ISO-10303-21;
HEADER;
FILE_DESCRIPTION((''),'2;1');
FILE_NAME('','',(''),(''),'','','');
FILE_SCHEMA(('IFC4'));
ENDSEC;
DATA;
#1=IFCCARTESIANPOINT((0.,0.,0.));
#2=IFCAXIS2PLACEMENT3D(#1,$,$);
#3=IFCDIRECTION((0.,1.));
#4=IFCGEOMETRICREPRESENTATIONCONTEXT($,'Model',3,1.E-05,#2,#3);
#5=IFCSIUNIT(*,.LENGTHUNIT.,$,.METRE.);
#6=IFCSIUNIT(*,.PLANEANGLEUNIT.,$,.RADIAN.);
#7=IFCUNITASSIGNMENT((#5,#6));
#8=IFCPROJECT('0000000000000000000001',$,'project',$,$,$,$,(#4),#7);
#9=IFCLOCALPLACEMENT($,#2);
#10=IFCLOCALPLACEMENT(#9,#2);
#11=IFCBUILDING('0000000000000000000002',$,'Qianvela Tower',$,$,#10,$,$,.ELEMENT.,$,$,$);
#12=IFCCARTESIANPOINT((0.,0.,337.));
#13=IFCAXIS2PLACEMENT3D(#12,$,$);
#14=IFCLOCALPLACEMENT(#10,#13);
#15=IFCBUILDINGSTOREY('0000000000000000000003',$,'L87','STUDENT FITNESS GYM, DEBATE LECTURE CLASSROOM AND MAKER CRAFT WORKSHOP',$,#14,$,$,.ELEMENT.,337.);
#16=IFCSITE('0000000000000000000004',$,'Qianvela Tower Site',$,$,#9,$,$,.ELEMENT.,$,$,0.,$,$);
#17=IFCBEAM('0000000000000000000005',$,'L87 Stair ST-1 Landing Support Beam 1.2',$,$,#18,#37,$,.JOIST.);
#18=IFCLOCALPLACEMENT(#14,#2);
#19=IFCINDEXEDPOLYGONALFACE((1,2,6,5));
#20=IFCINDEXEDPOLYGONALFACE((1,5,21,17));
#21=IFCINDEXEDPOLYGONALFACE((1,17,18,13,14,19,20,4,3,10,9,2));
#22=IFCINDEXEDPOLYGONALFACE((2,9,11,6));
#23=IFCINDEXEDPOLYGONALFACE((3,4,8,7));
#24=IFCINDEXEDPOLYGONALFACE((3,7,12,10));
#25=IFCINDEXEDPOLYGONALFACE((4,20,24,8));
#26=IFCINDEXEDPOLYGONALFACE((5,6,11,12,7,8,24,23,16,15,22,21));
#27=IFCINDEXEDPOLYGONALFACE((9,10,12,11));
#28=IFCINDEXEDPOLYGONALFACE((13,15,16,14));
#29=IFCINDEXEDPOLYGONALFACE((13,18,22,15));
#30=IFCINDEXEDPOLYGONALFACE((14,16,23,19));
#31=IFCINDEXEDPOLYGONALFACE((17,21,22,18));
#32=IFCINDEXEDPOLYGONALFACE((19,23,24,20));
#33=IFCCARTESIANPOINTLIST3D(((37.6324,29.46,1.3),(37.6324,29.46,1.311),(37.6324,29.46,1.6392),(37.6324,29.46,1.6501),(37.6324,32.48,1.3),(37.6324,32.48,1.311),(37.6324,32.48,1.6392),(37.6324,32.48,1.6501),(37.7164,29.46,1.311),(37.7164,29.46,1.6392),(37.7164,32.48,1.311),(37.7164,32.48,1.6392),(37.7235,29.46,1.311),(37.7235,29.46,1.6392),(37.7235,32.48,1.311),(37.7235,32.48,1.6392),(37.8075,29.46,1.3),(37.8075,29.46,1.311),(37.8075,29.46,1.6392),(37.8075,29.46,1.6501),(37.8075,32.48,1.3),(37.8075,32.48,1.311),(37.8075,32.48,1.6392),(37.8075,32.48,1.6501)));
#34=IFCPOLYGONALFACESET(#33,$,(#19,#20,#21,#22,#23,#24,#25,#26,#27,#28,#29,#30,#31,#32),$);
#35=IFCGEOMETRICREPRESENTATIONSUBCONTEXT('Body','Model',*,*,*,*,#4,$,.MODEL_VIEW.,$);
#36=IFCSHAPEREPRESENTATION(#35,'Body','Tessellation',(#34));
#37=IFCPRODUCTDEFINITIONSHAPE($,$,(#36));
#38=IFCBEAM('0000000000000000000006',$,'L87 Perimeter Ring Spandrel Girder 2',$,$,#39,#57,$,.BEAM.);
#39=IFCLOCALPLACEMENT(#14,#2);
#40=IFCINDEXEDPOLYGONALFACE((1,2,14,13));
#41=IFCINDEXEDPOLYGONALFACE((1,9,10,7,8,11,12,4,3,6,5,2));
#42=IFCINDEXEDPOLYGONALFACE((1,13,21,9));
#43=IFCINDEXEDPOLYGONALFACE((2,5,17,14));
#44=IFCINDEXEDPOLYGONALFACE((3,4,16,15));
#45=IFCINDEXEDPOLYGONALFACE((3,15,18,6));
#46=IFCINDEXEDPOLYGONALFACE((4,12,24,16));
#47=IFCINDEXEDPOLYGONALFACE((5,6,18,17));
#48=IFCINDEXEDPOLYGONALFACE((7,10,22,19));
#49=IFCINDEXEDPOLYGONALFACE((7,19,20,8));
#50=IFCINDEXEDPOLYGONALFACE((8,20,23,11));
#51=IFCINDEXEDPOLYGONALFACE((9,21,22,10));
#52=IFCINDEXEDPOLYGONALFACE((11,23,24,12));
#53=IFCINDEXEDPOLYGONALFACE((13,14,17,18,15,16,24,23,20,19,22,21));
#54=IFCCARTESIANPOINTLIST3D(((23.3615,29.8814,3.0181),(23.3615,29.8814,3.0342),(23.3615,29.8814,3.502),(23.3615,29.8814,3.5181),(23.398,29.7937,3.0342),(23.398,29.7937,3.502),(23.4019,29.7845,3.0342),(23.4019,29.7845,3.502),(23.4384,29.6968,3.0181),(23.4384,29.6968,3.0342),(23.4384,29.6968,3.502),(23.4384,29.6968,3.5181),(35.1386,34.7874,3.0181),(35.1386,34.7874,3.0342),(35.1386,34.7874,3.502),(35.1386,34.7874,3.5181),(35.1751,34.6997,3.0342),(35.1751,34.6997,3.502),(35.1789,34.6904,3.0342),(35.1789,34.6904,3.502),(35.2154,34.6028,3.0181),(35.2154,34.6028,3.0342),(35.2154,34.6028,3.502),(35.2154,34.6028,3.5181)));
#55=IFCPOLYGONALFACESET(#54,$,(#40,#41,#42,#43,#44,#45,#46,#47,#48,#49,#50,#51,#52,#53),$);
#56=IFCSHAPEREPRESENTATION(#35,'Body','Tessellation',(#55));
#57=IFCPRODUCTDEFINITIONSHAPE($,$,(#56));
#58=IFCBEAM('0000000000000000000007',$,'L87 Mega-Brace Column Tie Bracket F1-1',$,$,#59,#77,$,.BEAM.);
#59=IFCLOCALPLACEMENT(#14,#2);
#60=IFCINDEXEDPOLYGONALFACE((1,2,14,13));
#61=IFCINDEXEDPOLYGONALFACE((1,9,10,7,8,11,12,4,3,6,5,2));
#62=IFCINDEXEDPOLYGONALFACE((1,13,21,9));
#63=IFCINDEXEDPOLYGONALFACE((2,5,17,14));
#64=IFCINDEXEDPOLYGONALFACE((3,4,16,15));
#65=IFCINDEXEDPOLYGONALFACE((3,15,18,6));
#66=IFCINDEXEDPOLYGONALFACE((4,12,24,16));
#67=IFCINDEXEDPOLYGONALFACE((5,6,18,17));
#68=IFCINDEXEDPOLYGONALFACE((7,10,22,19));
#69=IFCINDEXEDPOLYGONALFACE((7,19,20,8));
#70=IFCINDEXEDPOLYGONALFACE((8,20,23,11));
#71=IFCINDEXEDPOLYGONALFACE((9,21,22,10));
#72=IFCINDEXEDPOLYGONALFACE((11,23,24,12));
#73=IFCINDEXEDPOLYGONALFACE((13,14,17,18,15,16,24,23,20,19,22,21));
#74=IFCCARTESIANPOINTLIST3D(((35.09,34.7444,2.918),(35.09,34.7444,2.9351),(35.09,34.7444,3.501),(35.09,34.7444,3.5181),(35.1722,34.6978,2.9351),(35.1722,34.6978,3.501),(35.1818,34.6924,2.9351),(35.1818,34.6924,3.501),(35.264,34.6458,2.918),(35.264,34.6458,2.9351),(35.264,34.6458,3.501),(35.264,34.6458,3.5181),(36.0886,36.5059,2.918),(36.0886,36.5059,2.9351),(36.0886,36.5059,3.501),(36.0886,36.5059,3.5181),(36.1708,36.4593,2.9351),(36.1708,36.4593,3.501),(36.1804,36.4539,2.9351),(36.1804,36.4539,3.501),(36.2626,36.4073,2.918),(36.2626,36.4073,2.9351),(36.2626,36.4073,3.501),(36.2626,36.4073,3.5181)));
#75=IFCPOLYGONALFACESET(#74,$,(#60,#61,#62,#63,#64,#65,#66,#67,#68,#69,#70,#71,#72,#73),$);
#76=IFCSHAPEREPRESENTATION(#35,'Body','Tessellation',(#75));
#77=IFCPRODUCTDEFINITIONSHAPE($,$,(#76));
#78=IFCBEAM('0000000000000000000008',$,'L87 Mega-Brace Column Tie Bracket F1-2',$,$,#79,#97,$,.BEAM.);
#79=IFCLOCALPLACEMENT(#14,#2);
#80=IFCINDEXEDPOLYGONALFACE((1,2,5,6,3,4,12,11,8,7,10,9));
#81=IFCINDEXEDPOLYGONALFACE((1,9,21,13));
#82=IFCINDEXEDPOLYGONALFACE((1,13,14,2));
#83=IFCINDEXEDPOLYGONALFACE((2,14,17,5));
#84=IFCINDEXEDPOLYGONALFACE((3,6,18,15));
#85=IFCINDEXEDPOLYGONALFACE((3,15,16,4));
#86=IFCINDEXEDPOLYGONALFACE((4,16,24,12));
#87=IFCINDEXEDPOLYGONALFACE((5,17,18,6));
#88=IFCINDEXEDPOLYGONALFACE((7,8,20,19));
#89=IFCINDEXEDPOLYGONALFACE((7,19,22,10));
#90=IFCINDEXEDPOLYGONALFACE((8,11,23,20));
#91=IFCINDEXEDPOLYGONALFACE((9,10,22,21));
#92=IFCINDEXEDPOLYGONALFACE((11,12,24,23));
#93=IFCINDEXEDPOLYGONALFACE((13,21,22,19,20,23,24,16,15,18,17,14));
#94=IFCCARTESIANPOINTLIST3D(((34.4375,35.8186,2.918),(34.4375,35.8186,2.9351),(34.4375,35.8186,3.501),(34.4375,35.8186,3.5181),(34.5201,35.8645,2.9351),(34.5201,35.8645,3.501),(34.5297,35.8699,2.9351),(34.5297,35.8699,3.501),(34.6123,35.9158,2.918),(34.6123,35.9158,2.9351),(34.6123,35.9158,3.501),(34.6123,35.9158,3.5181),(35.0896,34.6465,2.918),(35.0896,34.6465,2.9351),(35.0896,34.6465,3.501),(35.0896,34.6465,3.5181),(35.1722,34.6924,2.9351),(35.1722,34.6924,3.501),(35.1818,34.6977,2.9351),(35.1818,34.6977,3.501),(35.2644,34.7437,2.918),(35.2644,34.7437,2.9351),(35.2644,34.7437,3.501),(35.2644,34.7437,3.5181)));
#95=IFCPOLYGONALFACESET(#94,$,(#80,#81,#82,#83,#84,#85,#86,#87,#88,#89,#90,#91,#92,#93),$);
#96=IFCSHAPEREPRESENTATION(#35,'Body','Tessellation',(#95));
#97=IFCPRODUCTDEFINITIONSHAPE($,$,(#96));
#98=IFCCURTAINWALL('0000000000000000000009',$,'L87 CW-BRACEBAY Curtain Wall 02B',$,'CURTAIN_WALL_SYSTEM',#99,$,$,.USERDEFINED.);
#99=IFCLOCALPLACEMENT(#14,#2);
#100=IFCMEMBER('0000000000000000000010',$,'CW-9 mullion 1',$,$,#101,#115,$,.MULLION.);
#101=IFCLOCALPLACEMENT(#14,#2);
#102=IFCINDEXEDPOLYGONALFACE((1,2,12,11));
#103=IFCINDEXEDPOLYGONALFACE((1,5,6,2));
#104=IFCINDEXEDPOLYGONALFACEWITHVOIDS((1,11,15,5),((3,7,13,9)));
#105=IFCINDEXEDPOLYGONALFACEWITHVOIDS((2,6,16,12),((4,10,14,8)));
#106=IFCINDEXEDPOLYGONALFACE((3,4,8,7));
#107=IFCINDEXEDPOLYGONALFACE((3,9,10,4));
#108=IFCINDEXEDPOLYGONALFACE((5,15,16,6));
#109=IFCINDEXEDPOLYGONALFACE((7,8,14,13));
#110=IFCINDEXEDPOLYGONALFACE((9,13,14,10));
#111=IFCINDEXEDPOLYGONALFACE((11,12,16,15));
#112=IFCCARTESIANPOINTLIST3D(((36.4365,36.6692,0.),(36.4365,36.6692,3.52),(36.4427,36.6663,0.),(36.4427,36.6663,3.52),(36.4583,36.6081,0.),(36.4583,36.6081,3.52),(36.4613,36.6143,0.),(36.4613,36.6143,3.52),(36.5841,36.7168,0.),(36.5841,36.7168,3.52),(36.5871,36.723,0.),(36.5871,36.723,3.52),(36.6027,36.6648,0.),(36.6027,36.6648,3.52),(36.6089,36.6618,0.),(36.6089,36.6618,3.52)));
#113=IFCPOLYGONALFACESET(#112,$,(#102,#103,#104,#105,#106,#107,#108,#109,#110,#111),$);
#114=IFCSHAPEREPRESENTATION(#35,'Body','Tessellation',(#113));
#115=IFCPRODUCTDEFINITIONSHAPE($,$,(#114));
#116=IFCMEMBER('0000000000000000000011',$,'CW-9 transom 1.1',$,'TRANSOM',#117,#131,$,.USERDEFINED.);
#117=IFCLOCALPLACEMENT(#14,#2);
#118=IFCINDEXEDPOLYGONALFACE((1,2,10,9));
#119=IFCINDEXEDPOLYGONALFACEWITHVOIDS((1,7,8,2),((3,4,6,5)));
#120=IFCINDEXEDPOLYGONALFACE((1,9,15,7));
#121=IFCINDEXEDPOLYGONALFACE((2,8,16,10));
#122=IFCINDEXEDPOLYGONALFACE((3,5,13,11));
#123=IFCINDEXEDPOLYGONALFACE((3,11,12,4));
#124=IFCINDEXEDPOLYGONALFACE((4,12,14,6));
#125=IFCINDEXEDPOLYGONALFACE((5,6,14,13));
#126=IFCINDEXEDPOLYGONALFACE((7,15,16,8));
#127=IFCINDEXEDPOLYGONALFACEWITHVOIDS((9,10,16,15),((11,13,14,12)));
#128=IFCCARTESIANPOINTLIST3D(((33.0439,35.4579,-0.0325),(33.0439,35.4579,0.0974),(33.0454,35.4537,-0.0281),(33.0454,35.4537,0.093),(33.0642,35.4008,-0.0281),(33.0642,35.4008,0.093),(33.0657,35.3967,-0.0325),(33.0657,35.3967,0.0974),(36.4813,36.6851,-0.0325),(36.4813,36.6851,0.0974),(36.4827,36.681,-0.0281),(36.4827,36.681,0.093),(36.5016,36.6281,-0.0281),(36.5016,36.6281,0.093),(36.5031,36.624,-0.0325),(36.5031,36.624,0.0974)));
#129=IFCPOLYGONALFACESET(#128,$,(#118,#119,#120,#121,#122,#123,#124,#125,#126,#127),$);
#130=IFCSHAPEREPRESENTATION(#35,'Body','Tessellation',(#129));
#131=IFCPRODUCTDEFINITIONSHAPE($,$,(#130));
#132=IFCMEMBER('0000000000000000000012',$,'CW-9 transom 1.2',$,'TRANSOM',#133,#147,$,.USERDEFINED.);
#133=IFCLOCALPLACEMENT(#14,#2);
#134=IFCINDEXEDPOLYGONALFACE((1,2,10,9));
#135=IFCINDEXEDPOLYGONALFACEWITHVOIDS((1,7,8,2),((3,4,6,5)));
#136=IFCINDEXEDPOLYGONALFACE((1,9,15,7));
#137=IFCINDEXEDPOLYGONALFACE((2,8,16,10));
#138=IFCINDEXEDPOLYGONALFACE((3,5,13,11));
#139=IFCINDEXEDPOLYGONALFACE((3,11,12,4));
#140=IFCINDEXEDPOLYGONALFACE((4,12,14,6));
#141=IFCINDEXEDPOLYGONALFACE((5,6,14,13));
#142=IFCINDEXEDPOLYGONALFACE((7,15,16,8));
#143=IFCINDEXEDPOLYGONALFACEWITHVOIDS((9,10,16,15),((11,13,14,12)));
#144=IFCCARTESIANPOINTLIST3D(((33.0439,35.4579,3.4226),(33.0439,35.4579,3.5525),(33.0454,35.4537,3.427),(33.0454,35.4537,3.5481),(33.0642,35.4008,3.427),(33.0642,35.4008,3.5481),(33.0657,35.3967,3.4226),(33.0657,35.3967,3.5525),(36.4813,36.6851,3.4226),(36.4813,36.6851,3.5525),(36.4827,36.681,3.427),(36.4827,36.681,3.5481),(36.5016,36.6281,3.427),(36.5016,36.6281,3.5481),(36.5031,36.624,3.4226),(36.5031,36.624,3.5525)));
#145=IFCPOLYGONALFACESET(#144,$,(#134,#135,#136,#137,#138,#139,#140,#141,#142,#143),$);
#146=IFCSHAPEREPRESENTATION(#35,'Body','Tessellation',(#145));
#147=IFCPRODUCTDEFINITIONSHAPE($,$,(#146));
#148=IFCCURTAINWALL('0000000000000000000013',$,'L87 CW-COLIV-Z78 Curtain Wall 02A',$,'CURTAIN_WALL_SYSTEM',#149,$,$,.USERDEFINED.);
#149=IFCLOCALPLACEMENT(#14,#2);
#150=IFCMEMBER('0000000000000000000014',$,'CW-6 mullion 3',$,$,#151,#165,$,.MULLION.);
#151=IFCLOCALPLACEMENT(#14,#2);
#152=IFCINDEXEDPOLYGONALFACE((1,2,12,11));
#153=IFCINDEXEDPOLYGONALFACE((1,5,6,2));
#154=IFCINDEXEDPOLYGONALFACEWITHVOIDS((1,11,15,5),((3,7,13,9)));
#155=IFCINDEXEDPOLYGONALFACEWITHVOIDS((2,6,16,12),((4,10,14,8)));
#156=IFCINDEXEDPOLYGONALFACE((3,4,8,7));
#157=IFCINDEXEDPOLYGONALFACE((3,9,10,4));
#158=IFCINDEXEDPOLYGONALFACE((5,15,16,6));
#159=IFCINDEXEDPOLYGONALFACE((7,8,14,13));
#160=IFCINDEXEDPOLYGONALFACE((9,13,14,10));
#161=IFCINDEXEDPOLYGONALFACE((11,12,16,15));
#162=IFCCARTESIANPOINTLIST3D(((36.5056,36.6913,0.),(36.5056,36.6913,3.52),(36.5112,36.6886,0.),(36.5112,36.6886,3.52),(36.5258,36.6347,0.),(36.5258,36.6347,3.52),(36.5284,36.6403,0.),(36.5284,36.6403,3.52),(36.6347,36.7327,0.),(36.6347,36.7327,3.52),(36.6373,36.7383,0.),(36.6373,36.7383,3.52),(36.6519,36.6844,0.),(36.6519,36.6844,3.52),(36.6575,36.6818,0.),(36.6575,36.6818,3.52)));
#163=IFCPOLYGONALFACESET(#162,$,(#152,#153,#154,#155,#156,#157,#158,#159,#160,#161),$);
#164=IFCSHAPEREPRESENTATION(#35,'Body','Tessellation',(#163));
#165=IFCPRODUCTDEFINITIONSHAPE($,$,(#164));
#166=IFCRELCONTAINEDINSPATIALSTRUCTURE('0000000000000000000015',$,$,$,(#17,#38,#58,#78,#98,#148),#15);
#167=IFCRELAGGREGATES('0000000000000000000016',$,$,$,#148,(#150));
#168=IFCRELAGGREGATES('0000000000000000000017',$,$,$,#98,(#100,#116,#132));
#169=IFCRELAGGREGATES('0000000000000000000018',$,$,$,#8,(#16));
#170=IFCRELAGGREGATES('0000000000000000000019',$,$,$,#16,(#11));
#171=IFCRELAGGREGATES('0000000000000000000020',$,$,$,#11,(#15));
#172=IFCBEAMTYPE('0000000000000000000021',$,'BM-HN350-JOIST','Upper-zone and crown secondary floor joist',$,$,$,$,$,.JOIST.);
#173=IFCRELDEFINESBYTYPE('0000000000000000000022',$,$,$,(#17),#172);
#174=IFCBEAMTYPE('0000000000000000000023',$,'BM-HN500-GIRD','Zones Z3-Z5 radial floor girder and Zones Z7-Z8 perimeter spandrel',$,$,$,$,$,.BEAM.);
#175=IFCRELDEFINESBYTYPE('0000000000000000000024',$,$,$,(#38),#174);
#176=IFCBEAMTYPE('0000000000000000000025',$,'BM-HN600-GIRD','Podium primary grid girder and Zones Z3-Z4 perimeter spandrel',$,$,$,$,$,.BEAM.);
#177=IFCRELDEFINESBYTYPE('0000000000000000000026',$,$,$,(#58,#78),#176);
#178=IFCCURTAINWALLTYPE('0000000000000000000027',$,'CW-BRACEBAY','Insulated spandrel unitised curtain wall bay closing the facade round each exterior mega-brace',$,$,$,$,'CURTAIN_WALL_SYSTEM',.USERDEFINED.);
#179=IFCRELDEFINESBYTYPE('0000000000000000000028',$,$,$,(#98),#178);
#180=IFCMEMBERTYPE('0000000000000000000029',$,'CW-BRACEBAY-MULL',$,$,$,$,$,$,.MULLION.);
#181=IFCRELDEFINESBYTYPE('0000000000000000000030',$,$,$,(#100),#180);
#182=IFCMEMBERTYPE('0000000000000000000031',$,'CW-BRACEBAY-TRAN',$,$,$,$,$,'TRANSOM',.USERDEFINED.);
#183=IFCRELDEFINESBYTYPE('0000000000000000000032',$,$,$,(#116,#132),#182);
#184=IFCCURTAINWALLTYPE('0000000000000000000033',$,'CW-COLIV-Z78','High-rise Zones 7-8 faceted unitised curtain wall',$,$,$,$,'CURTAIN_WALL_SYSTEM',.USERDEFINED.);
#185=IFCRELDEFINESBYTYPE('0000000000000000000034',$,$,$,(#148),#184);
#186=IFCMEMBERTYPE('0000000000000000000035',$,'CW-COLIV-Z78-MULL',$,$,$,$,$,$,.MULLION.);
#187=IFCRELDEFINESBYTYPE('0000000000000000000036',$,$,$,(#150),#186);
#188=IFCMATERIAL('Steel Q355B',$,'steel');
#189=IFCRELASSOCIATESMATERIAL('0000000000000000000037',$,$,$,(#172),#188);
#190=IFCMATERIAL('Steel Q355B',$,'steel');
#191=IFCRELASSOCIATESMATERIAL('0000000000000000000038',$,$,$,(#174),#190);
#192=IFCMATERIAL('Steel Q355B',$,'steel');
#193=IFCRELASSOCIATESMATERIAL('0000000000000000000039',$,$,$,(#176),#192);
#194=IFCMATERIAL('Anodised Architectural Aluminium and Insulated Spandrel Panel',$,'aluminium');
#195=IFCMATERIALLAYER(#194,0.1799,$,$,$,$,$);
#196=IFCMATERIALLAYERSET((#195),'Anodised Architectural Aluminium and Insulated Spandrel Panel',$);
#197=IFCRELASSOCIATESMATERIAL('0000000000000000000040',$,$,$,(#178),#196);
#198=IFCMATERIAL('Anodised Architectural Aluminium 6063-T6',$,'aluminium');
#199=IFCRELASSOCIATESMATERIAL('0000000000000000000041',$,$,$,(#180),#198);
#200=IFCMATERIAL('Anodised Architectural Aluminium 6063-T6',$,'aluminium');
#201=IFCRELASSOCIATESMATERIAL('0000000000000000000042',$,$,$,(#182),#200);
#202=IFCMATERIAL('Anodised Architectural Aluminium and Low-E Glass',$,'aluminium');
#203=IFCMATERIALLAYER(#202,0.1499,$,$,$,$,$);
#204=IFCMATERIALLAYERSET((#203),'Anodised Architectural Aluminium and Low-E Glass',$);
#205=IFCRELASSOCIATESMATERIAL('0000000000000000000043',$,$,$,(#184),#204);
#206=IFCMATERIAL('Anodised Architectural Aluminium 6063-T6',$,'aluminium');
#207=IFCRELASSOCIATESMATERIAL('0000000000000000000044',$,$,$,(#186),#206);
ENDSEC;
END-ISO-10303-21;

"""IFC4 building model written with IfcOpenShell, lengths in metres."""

from ifc_helpers import new_model, si_unit, direction, frame, origin, origin_2d, place, context, subcontext, project, spatial, hollow_rectangle, i_section, extrude, material, layer, layer_set, material_profile, profile_set, type_object, element, aggregate, save


model = new_model("IFC4")

# Units and contexts
model_context = context("Model", 3, precision=1e-05, world=origin(), true_north=direction((0.0, 1.0)))
body_context = subcontext(model_context, "Body", "Model", "MODEL_VIEW")
ifc_project = project(units=[si_unit("LENGTHUNIT", "METRE"), si_unit("PLANEANGLEUNIT", "RADIAN")], contexts=[model_context])

# Site, building, storey
site_placement = place(None, origin())
site = spatial("IfcSite", under=ifc_project, at=site_placement, Name="Qianvela Tower Site", CompositionType="ELEMENT", RefElevation=0.0)
building_placement = place(site_placement, origin())
building = spatial("IfcBuilding", under=site, at=building_placement, Name="Qianvela Tower", CompositionType="ELEMENT")
storey_placement = place(building_placement, frame((0.0, 0.0, 337.0)))
storey = spatial("IfcBuildingStorey", under=building, at=storey_placement, Name="L87", Description="STUDENT FITNESS GYM, DEBATE LECTURE CLASSROOM AND MAKER CRAFT WORKSHOP", CompositionType="ELEMENT", Elevation=337.0)

# Beams
ifc_material_1 = material(Name="Steel Q355B", Category="steel")
ifc_material_profile_1 = material_profile(ifc_material_1, i_section(OverallWidth=0.175, OverallDepth=0.3501, WebThickness=0.0071, FlangeThickness=0.011, at=origin_2d()), Name="HN350x175x7x11")
ifc_profile_set_1 = profile_set([ifc_material_profile_1], Name="Steel Q355B")
beam_type_1 = type_object("IfcBeamType", Name="BM-HN350-JOIST", Description="Upper-zone and crown secondary floor joist", PredefinedType="JOIST", material=ifc_profile_set_1)
for number, where, z_axis, x_axis, name in (
    (1, (37.72, 29.46, 1.4751), (0.0, 1.0, 0.0), (-1.0, 0.0, 0.0), "L87 Stair ST-1 Landing Support Beam 1.2"),
):
    element("IfcBeam", number, at=place(storey_placement, frame(where, z_axis=z_axis, x_axis=x_axis)), inside=storey, type_object=beam_type_1, Name=name, PredefinedType="JOIST", context=body_context, shape_type="SweptSolid", body=[
        extrude(i_section(OverallWidth=0.175, OverallDepth=0.3501, WebThickness=0.0071, FlangeThickness=0.011, at=origin_2d()), origin(), (0.0, 0.0, 1.0), 3.02),
    ])
ifc_material_2 = material(Name="Steel Q355B", Category="steel")
ifc_material_profile_2 = material_profile(ifc_material_2, i_section(OverallWidth=0.2, OverallDepth=0.5, WebThickness=0.01, FlangeThickness=0.0161, at=origin_2d()), Name="HN500x200x10x16")
ifc_profile_set_2 = profile_set([ifc_material_profile_2], Name="Steel Q355B")
beam_type_2 = type_object("IfcBeamType", Name="BM-HN500-GIRD", Description="Zones Z3-Z5 radial floor girder and Zones Z7-Z8 perimeter spandrel", PredefinedType="BEAM", material=ifc_profile_set_2)
beam_1_placement = place(storey_placement, frame((35.177, 34.6951, 3.2681), z_axis=(-0.923108, -0.384541, 0.0), x_axis=(0.384541, -0.923108, 0.0)))
element("IfcBeam", 2, at=beam_1_placement, inside=storey, type_object=beam_type_2, Name="L87 Perimeter Ring Spandrel Girder 2", PredefinedType="BEAM", context=body_context, shape_type="SweptSolid", body=[
    extrude(i_section(OverallWidth=0.2, OverallDepth=0.5, WebThickness=0.01, FlangeThickness=0.0161, at=origin_2d()), origin(), (0.0, 0.0, 1.0), 12.7581),
])
ifc_material_3 = material(Name="Steel Q355B", Category="steel")
ifc_material_profile_3 = material_profile(ifc_material_3, i_section(OverallWidth=0.2, OverallDepth=0.6001, WebThickness=0.011, FlangeThickness=0.0171, at=origin_2d()), Name="HN600x200x11x17")
ifc_profile_set_3 = profile_set([ifc_material_profile_3], Name="Steel Q355B")
beam_type_3 = type_object("IfcBeamType", Name="BM-HN600-GIRD", Description="Podium primary grid girder and Zones Z3-Z4 perimeter spandrel", PredefinedType="BEAM", material=ifc_profile_set_3)
beam_2_placement = place(storey_placement, frame((35.177, 34.6951, 3.218), z_axis=(0.493149, 0.869945, 0.0), x_axis=(-0.869945, 0.493149, 0.0)))
element("IfcBeam", 3, at=beam_2_placement, inside=storey, type_object=beam_type_3, Name="L87 Mega-Brace Column Tie Bracket F1-1", PredefinedType="BEAM", context=body_context, shape_type="SweptSolid", body=[
    extrude(i_section(OverallWidth=0.2, OverallDepth=0.6001, WebThickness=0.011, FlangeThickness=0.0171, at=origin_2d()), origin(), (0.0, 0.0, 1.0), 2.0249),
])
beam_3_placement = place(storey_placement, frame((35.177, 34.6951, 3.218), z_axis=(-0.486168, 0.873865, 0.0), x_axis=(-0.873865, -0.486168, 0.0)))
element("IfcBeam", 4, at=beam_3_placement, inside=storey, type_object=beam_type_3, Name="L87 Mega-Brace Column Tie Bracket F1-2", PredefinedType="BEAM", context=body_context, shape_type="SweptSolid", body=[
    extrude(i_section(OverallWidth=0.2, OverallDepth=0.6001, WebThickness=0.011, FlangeThickness=0.0171, at=origin_2d()), origin(), (0.0, 0.0, 1.0), 1.3413),
])

# Curtain wall, members
ifc_material_4 = material(Name="Anodised Architectural Aluminium and Insulated Spandrel Panel", Category="aluminium")
ifc_layer_1 = layer(ifc_material_4, 0.1799)
ifc_layer_set_1 = layer_set([ifc_layer_1], Name="Anodised Architectural Aluminium and Insulated Spandrel Panel")
curtain_wall_type_1 = type_object("IfcCurtainWallType", Name="CW-BRACEBAY", Description="Insulated spandrel unitised curtain wall bay closing the facade round each exterior mega-brace", ElementType="CURTAIN_WALL_SYSTEM", PredefinedType="USERDEFINED", material=ifc_layer_set_1)
curtain_wall_1_placement = place(storey_placement, origin())
curtain_wall_1 = element("IfcCurtainWall", 5, at=curtain_wall_1_placement, inside=storey, type_object=curtain_wall_type_1, Name="L87 CW-BRACEBAY Curtain Wall 02B", ObjectType="CURTAIN_WALL_SYSTEM", PredefinedType="USERDEFINED")
ifc_material_5 = material(Name="Anodised Architectural Aluminium 6063-T6", Category="aluminium")
ifc_material_profile_4 = material_profile(ifc_material_5, hollow_rectangle(XDim=0.0649, YDim=0.1599, WallThickness=0.0049, at=origin_2d()), Name="ALU-MULL-65x160")
ifc_profile_set_4 = profile_set([ifc_material_profile_4], Name="Anodised Architectural Aluminium 6063-T6")
member_type_1 = type_object("IfcMemberType", Name="CW-BRACEBAY-MULL", PredefinedType="MULLION", material=ifc_profile_set_4)
member_1_placement = place(storey_placement, frame((36.5227, 36.6655, 0.0), z_axis=(0.0, 0.0, 1.0), x_axis=(0.336221, -0.941783, 0.0)))
member_1 = element("IfcMember", 6, at=member_1_placement, type_object=member_type_1, Name="CW-9 mullion 1", PredefinedType="MULLION", context=body_context, shape_type="SweptSolid", body=[
    extrude(hollow_rectangle(XDim=0.0649, YDim=0.1599, WallThickness=0.0049, at=origin_2d()), origin(), (0.0, 0.0, 1.0), 3.52),
])
ifc_material_6 = material(Name="Anodised Architectural Aluminium 6063-T6", Category="aluminium")
ifc_material_profile_5 = material_profile(ifc_material_6, hollow_rectangle(XDim=0.0649, YDim=0.1299, WallThickness=0.0044, at=origin_2d()), Name="ALU-TRAN-65x130")
ifc_profile_set_5 = profile_set([ifc_material_profile_5], Name="Anodised Architectural Aluminium 6063-T6")
member_type_2 = type_object("IfcMemberType", Name="CW-BRACEBAY-TRAN", ElementType="TRANSOM", PredefinedType="USERDEFINED", material=ifc_profile_set_5)
member_2_placement = place(storey_placement, frame((36.4922, 36.6545, 0.0325), z_axis=(-0.941775, -0.336243, 0.0), x_axis=(0.336243, -0.941775, 0.0)))
member_2 = element("IfcMember", 7, at=member_2_placement, type_object=member_type_2, Name="CW-9 transom 1.1", ObjectType="TRANSOM", PredefinedType="USERDEFINED", context=body_context, shape_type="SweptSolid", body=[
    extrude(hollow_rectangle(XDim=0.0649, YDim=0.1299, WallThickness=0.0044, at=origin_2d()), origin(), (0.0, 0.0, 1.0), 3.6499),
])
member_3_placement = place(storey_placement, frame((36.4922, 36.6545, 3.4875), z_axis=(-0.941775, -0.336243, 0.0), x_axis=(0.336243, -0.941775, 0.0)))
member_3 = element("IfcMember", 8, at=member_3_placement, type_object=member_type_2, Name="CW-9 transom 1.2", ObjectType="TRANSOM", PredefinedType="USERDEFINED", context=body_context, shape_type="SweptSolid", body=[
    extrude(hollow_rectangle(XDim=0.0649, YDim=0.1299, WallThickness=0.0044, at=origin_2d()), origin(), (0.0, 0.0, 1.0), 3.6499),
])

# Curtain wall, member
ifc_material_7 = material(Name="Anodised Architectural Aluminium and Low-E Glass", Category="aluminium")
ifc_layer_2 = layer(ifc_material_7, 0.1499)
ifc_layer_set_2 = layer_set([ifc_layer_2], Name="Anodised Architectural Aluminium and Low-E Glass")
curtain_wall_type_2 = type_object("IfcCurtainWallType", Name="CW-COLIV-Z78", Description="High-rise Zones 7-8 faceted unitised curtain wall", ElementType="CURTAIN_WALL_SYSTEM", PredefinedType="USERDEFINED", material=ifc_layer_set_2)
curtain_wall_2_placement = place(storey_placement, origin())
curtain_wall_2 = element("IfcCurtainWall", 9, at=curtain_wall_2_placement, inside=storey, type_object=curtain_wall_type_2, Name="L87 CW-COLIV-Z78 Curtain Wall 02A", ObjectType="CURTAIN_WALL_SYSTEM", PredefinedType="USERDEFINED")
ifc_material_8 = material(Name="Anodised Architectural Aluminium 6063-T6", Category="aluminium")
ifc_material_profile_6 = material_profile(ifc_material_8, hollow_rectangle(XDim=0.0601, YDim=0.1399, WallThickness=0.0044, at=origin_2d()), Name="ALU-MULL-60x140")
ifc_profile_set_6 = profile_set([ifc_material_profile_6], Name="Anodised Architectural Aluminium 6063-T6")
member_type_3 = type_object("IfcMemberType", Name="CW-COLIV-Z78-MULL", PredefinedType="MULLION", material=ifc_profile_set_6)
member_4_placement = place(storey_placement, frame((36.5815, 36.6865, 0.0), z_axis=(0.0, 0.0, 1.0), x_axis=(0.336226, -0.941781, 0.0)))
member_4 = element("IfcMember", 10, at=member_4_placement, type_object=member_type_3, Name="CW-6 mullion 3", PredefinedType="MULLION", context=body_context, shape_type="SweptSolid", body=[
    extrude(hollow_rectangle(XDim=0.0601, YDim=0.1399, WallThickness=0.0044, at=origin_2d()), origin(), (0.0, 0.0, 1.0), 3.52),
])
aggregate(curtain_wall_2, [member_4])

aggregate(curtain_wall_1, [member_1, member_2, member_3])

save(model, "model.ifc")
